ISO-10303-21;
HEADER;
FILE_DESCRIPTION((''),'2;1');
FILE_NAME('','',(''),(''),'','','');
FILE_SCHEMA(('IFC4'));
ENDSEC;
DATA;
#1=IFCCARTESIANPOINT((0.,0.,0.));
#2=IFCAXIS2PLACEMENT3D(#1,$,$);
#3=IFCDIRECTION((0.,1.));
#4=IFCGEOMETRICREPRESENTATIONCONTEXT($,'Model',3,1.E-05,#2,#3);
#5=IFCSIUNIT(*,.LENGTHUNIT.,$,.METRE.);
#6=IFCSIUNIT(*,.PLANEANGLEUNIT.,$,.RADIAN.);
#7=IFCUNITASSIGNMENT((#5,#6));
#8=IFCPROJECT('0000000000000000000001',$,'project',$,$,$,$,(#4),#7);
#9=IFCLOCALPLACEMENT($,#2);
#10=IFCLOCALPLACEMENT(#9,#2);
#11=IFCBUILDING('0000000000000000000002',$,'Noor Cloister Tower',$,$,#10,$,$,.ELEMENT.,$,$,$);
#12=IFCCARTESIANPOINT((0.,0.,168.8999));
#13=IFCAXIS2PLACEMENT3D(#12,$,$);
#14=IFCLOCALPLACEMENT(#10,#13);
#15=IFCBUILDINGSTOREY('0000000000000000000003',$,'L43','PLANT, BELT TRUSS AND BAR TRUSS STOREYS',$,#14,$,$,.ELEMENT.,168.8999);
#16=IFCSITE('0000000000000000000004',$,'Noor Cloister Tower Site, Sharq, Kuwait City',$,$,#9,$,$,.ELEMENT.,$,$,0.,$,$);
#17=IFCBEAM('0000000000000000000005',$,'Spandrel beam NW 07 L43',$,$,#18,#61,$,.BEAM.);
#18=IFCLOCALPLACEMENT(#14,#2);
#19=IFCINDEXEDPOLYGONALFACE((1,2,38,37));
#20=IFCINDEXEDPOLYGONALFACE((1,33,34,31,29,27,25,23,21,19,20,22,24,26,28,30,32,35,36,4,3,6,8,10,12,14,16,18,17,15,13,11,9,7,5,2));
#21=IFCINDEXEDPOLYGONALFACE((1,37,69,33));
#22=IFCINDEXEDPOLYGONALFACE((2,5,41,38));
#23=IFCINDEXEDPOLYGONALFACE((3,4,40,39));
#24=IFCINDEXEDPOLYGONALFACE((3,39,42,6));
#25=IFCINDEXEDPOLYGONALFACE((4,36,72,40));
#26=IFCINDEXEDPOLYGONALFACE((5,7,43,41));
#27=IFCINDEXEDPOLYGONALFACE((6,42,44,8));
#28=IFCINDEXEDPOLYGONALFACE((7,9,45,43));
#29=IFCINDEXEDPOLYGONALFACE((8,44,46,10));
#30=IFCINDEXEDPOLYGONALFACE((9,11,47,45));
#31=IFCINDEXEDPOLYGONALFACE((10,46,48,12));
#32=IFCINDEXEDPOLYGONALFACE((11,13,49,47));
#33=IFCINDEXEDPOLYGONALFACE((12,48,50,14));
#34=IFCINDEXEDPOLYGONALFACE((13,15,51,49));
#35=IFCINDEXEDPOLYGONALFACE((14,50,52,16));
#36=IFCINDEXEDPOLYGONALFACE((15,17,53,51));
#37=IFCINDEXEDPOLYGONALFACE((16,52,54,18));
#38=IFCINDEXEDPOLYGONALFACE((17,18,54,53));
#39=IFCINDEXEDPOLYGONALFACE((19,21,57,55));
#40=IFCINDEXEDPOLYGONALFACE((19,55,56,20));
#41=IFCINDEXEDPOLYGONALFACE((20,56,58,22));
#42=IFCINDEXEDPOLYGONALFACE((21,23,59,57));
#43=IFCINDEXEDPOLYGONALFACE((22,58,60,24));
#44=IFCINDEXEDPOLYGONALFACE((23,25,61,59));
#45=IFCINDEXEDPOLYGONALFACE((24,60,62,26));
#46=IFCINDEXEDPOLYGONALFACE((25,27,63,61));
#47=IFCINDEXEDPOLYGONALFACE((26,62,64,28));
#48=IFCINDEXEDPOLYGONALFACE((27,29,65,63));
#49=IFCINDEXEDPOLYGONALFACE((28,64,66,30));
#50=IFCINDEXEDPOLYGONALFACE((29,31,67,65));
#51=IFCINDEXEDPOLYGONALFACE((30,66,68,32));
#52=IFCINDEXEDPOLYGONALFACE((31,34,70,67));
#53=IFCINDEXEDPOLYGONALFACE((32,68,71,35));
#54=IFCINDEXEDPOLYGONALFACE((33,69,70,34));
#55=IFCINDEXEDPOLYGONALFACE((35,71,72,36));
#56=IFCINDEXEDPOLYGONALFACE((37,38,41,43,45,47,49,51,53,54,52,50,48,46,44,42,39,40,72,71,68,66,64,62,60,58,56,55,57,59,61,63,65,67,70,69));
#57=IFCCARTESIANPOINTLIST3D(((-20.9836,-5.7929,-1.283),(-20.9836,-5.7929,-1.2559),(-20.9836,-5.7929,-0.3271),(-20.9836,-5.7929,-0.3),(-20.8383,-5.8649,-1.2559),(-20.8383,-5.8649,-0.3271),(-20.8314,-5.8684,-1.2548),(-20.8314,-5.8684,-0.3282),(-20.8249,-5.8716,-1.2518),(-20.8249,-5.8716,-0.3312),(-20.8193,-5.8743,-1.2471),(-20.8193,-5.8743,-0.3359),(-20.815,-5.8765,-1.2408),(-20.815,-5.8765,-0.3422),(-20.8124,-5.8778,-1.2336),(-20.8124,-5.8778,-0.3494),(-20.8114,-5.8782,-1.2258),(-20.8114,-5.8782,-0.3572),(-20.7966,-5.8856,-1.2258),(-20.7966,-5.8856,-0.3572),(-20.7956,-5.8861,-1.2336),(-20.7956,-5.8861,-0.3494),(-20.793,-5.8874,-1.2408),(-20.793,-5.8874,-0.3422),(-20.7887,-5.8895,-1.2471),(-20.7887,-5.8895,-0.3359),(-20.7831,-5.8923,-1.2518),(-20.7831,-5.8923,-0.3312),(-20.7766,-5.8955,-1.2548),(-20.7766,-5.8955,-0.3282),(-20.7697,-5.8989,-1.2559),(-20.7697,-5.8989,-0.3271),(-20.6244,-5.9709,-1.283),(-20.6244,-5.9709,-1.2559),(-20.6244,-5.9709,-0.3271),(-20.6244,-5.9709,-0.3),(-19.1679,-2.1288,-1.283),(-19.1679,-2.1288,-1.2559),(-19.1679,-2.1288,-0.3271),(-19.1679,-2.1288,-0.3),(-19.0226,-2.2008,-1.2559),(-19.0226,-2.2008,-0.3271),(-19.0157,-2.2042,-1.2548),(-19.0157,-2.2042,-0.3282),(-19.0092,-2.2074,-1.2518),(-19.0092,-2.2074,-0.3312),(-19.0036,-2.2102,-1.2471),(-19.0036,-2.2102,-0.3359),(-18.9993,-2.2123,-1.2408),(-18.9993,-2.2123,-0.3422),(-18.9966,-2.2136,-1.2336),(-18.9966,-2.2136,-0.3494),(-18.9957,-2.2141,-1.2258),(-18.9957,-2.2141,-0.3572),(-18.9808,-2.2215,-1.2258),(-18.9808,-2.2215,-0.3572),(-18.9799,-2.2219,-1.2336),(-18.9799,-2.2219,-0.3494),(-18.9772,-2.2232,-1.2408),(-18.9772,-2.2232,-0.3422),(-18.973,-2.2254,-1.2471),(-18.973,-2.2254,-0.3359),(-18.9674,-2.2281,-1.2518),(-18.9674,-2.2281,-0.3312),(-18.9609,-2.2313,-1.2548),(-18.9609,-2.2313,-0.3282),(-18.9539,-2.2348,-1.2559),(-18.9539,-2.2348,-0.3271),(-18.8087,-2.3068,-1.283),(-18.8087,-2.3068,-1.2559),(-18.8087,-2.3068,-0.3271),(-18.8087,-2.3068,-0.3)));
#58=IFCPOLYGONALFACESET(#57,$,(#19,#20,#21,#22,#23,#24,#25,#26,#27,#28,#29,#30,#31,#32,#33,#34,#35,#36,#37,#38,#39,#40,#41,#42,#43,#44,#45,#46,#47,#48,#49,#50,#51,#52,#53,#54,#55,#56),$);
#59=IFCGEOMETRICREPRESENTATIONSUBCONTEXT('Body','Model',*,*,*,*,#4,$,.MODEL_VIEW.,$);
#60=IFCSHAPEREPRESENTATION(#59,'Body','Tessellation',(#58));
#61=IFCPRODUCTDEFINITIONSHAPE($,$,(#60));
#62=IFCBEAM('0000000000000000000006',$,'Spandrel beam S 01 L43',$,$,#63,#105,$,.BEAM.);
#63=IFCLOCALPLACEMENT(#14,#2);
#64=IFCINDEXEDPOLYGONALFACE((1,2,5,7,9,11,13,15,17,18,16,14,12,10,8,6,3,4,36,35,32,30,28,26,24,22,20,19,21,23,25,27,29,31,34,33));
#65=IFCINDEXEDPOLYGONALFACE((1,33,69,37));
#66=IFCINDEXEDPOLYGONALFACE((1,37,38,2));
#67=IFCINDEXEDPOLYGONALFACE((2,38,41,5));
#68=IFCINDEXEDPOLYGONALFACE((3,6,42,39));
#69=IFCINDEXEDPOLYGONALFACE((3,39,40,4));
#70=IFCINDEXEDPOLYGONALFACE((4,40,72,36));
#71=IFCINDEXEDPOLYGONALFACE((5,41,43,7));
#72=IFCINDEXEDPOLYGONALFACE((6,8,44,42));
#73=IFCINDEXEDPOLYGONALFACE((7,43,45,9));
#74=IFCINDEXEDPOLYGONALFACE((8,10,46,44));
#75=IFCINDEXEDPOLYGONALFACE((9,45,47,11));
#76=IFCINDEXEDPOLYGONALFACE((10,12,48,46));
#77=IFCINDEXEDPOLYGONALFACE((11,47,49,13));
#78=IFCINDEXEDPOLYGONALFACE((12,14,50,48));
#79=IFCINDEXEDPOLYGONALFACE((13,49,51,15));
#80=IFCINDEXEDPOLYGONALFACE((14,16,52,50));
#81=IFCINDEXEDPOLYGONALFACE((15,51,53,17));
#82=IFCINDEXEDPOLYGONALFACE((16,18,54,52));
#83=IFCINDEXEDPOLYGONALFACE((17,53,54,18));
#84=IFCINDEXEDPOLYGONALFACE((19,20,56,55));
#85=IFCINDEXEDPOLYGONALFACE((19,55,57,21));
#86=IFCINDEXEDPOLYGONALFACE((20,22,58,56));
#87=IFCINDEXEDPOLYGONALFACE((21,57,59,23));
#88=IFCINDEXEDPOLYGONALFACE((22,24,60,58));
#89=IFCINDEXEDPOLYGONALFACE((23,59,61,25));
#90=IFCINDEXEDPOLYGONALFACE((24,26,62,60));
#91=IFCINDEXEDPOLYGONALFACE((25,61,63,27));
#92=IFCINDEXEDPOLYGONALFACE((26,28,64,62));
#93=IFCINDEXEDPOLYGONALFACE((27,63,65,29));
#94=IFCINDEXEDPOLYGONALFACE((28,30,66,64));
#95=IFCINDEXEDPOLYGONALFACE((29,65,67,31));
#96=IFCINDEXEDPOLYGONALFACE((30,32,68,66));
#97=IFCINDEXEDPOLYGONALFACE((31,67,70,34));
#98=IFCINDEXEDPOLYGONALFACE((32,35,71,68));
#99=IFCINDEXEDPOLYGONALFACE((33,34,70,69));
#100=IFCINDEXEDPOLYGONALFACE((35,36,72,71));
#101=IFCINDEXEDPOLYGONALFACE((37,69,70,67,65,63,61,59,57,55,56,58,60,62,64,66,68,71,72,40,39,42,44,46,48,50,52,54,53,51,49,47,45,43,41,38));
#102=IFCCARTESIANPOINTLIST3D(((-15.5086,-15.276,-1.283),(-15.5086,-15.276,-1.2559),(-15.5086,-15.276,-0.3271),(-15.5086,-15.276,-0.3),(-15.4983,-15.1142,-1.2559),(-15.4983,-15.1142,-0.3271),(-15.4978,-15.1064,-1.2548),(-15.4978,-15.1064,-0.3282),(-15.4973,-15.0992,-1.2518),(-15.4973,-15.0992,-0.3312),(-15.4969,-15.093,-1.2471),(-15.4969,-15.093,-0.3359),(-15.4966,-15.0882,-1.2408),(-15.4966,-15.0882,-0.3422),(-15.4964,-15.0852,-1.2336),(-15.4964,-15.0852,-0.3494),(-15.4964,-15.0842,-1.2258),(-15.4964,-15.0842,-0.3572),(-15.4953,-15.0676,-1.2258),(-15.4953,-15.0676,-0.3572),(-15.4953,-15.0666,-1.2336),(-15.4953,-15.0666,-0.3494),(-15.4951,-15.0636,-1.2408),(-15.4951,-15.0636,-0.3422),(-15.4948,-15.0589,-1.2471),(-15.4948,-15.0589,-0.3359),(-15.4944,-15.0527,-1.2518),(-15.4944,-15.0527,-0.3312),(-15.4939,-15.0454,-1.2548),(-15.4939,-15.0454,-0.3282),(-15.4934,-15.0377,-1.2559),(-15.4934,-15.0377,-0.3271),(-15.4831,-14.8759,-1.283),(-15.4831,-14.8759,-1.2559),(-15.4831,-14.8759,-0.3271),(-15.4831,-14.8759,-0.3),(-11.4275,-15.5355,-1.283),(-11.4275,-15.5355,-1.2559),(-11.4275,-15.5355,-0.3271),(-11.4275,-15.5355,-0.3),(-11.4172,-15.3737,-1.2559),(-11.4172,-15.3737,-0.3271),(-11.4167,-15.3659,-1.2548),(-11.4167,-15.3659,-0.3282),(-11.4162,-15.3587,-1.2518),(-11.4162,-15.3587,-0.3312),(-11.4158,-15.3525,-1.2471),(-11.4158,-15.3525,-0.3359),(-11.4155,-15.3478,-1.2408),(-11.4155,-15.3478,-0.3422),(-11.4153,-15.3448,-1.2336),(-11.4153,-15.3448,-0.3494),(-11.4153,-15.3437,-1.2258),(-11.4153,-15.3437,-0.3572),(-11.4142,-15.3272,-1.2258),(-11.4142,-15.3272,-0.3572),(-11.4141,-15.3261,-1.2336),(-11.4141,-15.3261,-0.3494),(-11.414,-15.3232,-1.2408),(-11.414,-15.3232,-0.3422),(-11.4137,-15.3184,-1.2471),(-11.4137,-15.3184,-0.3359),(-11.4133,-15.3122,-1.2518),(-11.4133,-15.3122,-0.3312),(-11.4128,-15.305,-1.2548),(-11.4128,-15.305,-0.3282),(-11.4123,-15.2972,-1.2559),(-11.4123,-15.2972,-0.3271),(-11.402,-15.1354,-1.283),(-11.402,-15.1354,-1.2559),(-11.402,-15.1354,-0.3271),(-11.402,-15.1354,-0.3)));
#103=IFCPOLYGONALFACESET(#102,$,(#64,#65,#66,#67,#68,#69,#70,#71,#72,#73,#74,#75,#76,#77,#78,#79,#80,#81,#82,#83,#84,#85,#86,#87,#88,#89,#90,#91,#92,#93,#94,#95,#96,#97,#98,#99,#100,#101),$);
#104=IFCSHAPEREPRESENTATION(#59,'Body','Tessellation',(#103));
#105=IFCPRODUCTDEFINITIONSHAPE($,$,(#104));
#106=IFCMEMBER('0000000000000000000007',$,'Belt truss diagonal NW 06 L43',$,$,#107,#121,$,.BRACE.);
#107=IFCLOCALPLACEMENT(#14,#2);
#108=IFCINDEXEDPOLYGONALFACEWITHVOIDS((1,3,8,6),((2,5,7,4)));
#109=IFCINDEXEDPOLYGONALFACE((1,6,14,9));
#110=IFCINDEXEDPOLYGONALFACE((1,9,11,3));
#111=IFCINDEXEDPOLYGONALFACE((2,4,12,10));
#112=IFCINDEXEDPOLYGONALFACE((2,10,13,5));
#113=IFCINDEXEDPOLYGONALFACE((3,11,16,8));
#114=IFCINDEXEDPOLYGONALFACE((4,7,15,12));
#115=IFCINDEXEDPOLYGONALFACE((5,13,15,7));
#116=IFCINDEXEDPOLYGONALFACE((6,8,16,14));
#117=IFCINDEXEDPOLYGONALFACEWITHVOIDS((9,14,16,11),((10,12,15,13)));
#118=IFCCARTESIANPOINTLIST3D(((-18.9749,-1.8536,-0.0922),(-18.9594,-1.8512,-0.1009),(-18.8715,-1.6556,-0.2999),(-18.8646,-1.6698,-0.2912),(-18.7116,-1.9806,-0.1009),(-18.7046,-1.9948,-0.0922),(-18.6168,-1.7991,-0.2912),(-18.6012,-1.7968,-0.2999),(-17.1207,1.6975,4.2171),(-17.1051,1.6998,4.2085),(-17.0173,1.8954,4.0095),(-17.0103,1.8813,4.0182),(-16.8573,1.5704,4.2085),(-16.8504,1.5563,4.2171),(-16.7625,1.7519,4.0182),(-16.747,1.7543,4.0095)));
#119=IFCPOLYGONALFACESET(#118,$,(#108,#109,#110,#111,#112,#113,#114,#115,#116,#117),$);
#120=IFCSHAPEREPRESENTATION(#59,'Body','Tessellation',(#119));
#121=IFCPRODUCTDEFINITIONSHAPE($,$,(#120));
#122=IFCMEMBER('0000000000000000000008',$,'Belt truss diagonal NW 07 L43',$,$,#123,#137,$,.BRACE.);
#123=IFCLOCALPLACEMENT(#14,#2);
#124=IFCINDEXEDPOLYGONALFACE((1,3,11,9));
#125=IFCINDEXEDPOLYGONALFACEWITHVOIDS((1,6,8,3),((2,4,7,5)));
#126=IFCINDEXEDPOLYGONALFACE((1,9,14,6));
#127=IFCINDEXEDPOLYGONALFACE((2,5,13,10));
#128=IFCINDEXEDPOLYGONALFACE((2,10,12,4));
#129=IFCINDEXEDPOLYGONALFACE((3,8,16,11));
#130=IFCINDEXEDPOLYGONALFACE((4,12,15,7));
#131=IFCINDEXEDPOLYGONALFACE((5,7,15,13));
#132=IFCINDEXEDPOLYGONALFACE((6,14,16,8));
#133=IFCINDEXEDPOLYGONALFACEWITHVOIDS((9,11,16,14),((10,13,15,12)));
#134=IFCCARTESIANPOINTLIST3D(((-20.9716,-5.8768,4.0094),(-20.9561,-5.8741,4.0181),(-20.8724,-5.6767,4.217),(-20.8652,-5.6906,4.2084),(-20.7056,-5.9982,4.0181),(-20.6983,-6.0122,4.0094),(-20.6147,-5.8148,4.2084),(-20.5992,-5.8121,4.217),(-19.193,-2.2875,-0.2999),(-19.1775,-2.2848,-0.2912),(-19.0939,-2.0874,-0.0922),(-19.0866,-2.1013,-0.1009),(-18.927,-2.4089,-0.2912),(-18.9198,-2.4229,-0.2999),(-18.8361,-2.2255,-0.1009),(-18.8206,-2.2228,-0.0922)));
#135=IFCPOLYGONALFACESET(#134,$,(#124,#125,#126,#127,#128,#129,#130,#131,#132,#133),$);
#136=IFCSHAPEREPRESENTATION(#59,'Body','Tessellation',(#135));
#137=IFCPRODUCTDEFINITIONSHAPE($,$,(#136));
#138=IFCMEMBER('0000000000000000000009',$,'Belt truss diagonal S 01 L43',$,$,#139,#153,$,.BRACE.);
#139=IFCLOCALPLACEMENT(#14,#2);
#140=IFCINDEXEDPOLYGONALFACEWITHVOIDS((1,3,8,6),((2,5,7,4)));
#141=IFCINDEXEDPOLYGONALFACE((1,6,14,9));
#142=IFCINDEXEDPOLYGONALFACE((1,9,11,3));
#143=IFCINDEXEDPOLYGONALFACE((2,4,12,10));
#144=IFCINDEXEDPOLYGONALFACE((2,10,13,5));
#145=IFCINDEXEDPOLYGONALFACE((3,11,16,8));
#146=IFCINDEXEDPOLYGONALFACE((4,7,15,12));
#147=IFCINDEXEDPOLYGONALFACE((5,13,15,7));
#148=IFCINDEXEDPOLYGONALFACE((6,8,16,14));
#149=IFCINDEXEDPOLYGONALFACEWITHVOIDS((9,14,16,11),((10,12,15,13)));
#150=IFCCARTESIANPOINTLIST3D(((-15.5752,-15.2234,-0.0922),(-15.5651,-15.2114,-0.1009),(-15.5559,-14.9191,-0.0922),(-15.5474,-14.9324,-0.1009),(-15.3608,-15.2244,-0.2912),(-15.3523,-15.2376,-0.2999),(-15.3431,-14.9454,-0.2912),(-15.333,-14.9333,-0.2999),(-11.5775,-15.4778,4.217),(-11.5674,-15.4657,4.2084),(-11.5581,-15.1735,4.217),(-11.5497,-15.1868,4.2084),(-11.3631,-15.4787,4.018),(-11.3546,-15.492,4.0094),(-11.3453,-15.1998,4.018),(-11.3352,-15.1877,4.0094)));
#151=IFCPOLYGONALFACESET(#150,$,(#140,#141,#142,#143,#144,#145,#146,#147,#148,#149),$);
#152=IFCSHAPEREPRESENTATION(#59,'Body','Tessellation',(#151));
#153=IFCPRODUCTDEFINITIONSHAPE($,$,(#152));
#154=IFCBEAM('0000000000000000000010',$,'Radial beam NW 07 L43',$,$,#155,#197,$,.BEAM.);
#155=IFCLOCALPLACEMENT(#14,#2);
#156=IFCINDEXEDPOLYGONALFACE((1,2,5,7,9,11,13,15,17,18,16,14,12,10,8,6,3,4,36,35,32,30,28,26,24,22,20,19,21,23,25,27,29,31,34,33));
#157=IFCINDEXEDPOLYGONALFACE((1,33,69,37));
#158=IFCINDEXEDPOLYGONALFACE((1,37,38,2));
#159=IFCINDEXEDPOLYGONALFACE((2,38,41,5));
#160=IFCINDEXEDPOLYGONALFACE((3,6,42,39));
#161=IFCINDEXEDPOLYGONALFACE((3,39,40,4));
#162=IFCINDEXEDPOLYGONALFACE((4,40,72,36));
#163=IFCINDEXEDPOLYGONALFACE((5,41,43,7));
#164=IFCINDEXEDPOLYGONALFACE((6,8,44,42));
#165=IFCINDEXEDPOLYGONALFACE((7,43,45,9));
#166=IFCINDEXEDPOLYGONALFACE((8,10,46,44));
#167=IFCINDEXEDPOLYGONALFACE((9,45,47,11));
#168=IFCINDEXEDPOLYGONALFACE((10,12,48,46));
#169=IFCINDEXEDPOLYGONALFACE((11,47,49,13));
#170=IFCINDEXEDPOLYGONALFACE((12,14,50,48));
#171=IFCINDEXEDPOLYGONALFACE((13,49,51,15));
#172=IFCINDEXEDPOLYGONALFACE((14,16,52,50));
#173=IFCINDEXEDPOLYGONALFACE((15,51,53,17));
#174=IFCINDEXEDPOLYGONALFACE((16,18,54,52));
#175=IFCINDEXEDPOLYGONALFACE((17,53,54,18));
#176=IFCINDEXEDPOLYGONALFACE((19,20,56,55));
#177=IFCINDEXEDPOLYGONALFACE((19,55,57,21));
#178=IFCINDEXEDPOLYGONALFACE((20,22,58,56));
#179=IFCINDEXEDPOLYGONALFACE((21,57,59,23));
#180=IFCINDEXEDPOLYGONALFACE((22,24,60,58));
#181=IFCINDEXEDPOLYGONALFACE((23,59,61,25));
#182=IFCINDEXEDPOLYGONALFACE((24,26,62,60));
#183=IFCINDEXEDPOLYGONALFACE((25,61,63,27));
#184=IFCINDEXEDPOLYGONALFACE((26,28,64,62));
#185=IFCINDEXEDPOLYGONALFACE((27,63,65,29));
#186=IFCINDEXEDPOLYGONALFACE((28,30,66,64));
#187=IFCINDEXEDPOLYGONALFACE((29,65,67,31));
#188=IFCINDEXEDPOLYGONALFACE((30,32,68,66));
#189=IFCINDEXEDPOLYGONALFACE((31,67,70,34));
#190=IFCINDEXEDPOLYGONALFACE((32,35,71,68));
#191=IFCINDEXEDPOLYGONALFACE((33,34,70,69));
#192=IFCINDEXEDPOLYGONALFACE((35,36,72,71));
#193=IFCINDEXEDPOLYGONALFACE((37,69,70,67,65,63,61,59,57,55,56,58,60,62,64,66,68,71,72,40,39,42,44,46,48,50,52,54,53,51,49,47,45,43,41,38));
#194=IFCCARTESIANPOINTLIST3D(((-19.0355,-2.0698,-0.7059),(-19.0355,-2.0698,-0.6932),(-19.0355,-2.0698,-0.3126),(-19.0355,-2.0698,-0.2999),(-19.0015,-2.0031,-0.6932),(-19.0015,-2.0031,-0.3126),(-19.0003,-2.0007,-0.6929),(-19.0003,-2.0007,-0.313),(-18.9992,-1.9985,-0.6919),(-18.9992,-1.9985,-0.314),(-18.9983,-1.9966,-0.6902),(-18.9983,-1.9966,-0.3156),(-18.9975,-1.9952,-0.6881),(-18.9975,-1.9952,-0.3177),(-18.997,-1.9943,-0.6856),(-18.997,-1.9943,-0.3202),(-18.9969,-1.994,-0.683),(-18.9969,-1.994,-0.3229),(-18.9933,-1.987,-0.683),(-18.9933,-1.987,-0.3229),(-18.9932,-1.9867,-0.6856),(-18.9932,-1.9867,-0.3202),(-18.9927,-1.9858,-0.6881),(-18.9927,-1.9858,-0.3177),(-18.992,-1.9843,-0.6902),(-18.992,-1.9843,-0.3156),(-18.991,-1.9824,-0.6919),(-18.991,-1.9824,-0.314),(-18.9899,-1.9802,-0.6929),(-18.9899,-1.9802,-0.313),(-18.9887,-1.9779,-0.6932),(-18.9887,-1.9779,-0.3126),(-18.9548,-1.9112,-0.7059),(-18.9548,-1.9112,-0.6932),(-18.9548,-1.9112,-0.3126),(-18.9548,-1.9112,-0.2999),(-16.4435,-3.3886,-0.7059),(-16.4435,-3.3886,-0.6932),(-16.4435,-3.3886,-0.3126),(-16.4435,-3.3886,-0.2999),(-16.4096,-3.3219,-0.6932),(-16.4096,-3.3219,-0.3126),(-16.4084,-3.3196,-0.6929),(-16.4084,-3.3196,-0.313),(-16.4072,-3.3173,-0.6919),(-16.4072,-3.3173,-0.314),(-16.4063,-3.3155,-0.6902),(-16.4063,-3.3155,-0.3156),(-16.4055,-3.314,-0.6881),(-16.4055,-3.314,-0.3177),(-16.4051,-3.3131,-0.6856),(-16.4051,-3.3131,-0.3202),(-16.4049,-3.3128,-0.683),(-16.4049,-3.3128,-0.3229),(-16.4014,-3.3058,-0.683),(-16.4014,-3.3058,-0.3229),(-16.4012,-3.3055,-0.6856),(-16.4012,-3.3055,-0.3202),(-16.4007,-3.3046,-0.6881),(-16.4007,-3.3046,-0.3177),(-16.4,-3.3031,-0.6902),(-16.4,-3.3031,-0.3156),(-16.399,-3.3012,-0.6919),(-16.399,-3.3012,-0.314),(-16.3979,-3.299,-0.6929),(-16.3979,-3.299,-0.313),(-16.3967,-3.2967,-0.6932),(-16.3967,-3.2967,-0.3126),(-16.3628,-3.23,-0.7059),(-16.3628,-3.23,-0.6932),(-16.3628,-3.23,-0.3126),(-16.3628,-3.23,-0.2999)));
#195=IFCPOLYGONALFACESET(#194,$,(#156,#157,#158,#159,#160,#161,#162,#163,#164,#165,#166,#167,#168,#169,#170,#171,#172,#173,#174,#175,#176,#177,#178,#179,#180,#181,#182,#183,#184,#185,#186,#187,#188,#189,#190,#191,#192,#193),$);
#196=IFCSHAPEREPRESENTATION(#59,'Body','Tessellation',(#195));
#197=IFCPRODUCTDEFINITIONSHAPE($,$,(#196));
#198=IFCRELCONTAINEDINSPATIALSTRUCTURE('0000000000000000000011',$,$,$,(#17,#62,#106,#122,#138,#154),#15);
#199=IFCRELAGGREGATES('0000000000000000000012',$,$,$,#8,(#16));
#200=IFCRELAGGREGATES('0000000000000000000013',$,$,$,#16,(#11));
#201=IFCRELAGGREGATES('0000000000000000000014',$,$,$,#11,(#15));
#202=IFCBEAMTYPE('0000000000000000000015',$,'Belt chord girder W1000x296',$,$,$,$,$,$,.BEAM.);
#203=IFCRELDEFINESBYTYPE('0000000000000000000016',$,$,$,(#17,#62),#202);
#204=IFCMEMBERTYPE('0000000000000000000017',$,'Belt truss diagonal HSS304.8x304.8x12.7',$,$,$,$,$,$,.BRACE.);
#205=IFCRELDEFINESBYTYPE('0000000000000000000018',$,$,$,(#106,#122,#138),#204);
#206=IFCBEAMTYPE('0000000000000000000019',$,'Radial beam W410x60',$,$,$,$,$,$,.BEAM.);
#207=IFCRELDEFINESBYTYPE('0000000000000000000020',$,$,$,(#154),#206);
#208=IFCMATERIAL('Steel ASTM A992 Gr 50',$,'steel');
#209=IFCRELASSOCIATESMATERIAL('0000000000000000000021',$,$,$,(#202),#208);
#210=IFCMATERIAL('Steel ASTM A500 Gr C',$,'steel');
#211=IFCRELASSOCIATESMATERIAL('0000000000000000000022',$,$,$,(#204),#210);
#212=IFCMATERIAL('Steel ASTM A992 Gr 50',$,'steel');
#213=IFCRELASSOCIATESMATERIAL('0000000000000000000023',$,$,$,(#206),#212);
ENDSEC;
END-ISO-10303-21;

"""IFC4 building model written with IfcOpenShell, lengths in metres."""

from ifc_helpers import new_model, si_unit, direction, frame, origin, origin_2d, place, context, subcontext, project, spatial, hollow_rectangle, i_section, extrude, material, material_profile, profile_set, type_object, element, save


model = new_model("IFC4")

# Units and contexts
model_context = context("Model", 3, precision=1e-05, world=origin(), true_north=direction((0.0, 1.0)))
body_context = subcontext(model_context, "Body", "Model", "MODEL_VIEW")
ifc_project = project(units=[si_unit("LENGTHUNIT", "METRE"), si_unit("PLANEANGLEUNIT", "RADIAN")], contexts=[model_context])

# Site, building, storey
site_placement = place(None, origin())
site = spatial("IfcSite", under=ifc_project, at=site_placement, Name="Noor Cloister Tower Site, Sharq, Kuwait City", CompositionType="ELEMENT", RefElevation=0.0)
building_placement = place(site_placement, origin())
building = spatial("IfcBuilding", under=site, at=building_placement, Name="Noor Cloister Tower", CompositionType="ELEMENT")
storey_placement = place(building_placement, frame((0.0, 0.0, 168.8999)))
storey = spatial("IfcBuildingStorey", under=building, at=storey_placement, Name="L43", Description="PLANT, BELT TRUSS AND BAR TRUSS STOREYS", CompositionType="ELEMENT", Elevation=168.8999)

# Beams
ifc_material_1 = material(Name="Steel ASTM A992 Gr 50", Category="steel")
ifc_material_profile_1 = material_profile(ifc_material_1, i_section(OverallWidth=0.4009, OverallDepth=0.9829, WebThickness=0.0166, FlangeThickness=0.0271, FilletRadius=0.03, at=origin_2d()), Name="W1000x296")
ifc_profile_set_1 = profile_set([ifc_material_profile_1], Name="Steel ASTM A992 Gr 50")
beam_type_1 = type_object("IfcBeamType", Name="Belt chord girder W1000x296", PredefinedType="BEAM", material=ifc_profile_set_1)
for number, where, z_axis, x_axis, name in (
    (1, (-18.9883, -2.2178, -0.7915), (-0.444011, -0.896022, 0.0), (0.896022, -0.444011, 0.0), "Spandrel beam NW 07 L43"),
    (2, (-15.4958, -15.0759, -0.7915), (0.997984, -0.063464, 0.0), (0.063464, 0.997984, 0.0), "Spandrel beam S 01 L43"),
):
    element("IfcBeam", number, at=place(storey_placement, frame(where, z_axis=z_axis, x_axis=x_axis)), inside=storey, type_object=beam_type_1, Name=name, PredefinedType="BEAM", context=body_context, shape_type="SweptSolid", body=[
        extrude(i_section(OverallWidth=0.4009, OverallDepth=0.9829, WebThickness=0.0166, FlangeThickness=0.0271, FilletRadius=0.03, at=origin_2d()), origin(), (0.0, 0.0, 1.0), 4.0894),
    ])

# Members
ifc_material_2 = material(Name="Steel ASTM A500 Gr C", Category="steel")
ifc_material_profile_2 = material_profile(ifc_material_2, hollow_rectangle(XDim=0.3049, YDim=0.3049, WallThickness=0.0127, at=origin_2d()), Name="HSS304.8x304.8x12.7")
ifc_profile_set_2 = profile_set([ifc_material_profile_2], Name="Steel ASTM A500 Gr C")
member_type = type_object("IfcMemberType", Name="Belt truss diagonal HSS304.8x304.8x12.7", PredefinedType="BRACE", material=ifc_profile_set_2)
member_placement = place(storey_placement, frame((-18.7881, -1.8252, -0.196), z_axis=(0.315148, 0.603533, 0.732414), x_axis=(-0.886427, 0.462868, 0.0)))
element("IfcMember", 3, at=member_placement, inside=storey, type_object=member_type, Name="Belt truss diagonal NW 06 L43", PredefinedType="BRACE", context=body_context, shape_type="SweptSolid", body=[
    extrude(hollow_rectangle(XDim=0.3049, YDim=0.3049, WallThickness=0.0127, at=origin_2d()), origin(), (0.0, 0.0, 1.0), 5.8838),
])
for number, where, z_axis, x_axis, name in (
    (4, (-19.0068, -2.2551, -0.196), (-0.302291, -0.610058, 0.732427), (0.89603, -0.443993, 0.0), "Belt truss diagonal NW 07 L43"),
    (5, (-15.4541, -15.0784, -0.196), (0.679476, -0.043237, 0.732423), (0.063505, 0.997982, 0.0), "Belt truss diagonal S 01 L43"),
):
    element("IfcMember", number, at=place(storey_placement, frame(where, z_axis=z_axis, x_axis=x_axis)), inside=storey, type_object=member_type, Name=name, PredefinedType="BRACE", context=body_context, shape_type="SweptSolid", body=[
        extrude(hollow_rectangle(XDim=0.3049, YDim=0.3049, WallThickness=0.0127, at=origin_2d()), origin(), (0.0, 0.0, 1.0), 5.8835),
    ])

# Beam
ifc_material_3 = material(Name="Steel ASTM A992 Gr 50", Category="steel")
ifc_material_profile_3 = material_profile(ifc_material_3, i_section(OverallWidth=0.178, OverallDepth=0.406, WebThickness=0.0078, FlangeThickness=0.0127, FilletRadius=0.0103, at=origin_2d()), Name="W410x60")
ifc_profile_set_3 = profile_set([ifc_material_profile_3], Name="Steel ASTM A992 Gr 50")
beam_type_2 = type_object("IfcBeamType", Name="Radial beam W410x60", PredefinedType="BEAM", material=ifc_profile_set_3)
beam_1_placement = place(storey_placement, frame((-18.9951, -1.9905, -0.5029), z_axis=(0.891266, -0.453482, 0.0), x_axis=(0.453482, 0.891266, 0.0)))
element("IfcBeam", 6, at=beam_1_placement, inside=storey, type_object=beam_type_2, Name="Radial beam NW 07 L43", PredefinedType="BEAM", context=body_context, shape_type="SweptSolid", body=[
    extrude(i_section(OverallWidth=0.178, OverallDepth=0.406, WebThickness=0.0078, FlangeThickness=0.0127, FilletRadius=0.0103, at=origin_2d()), origin(), (0.0, 0.0, 1.0), 2.9082),
])

save(model, "model.ifc")
